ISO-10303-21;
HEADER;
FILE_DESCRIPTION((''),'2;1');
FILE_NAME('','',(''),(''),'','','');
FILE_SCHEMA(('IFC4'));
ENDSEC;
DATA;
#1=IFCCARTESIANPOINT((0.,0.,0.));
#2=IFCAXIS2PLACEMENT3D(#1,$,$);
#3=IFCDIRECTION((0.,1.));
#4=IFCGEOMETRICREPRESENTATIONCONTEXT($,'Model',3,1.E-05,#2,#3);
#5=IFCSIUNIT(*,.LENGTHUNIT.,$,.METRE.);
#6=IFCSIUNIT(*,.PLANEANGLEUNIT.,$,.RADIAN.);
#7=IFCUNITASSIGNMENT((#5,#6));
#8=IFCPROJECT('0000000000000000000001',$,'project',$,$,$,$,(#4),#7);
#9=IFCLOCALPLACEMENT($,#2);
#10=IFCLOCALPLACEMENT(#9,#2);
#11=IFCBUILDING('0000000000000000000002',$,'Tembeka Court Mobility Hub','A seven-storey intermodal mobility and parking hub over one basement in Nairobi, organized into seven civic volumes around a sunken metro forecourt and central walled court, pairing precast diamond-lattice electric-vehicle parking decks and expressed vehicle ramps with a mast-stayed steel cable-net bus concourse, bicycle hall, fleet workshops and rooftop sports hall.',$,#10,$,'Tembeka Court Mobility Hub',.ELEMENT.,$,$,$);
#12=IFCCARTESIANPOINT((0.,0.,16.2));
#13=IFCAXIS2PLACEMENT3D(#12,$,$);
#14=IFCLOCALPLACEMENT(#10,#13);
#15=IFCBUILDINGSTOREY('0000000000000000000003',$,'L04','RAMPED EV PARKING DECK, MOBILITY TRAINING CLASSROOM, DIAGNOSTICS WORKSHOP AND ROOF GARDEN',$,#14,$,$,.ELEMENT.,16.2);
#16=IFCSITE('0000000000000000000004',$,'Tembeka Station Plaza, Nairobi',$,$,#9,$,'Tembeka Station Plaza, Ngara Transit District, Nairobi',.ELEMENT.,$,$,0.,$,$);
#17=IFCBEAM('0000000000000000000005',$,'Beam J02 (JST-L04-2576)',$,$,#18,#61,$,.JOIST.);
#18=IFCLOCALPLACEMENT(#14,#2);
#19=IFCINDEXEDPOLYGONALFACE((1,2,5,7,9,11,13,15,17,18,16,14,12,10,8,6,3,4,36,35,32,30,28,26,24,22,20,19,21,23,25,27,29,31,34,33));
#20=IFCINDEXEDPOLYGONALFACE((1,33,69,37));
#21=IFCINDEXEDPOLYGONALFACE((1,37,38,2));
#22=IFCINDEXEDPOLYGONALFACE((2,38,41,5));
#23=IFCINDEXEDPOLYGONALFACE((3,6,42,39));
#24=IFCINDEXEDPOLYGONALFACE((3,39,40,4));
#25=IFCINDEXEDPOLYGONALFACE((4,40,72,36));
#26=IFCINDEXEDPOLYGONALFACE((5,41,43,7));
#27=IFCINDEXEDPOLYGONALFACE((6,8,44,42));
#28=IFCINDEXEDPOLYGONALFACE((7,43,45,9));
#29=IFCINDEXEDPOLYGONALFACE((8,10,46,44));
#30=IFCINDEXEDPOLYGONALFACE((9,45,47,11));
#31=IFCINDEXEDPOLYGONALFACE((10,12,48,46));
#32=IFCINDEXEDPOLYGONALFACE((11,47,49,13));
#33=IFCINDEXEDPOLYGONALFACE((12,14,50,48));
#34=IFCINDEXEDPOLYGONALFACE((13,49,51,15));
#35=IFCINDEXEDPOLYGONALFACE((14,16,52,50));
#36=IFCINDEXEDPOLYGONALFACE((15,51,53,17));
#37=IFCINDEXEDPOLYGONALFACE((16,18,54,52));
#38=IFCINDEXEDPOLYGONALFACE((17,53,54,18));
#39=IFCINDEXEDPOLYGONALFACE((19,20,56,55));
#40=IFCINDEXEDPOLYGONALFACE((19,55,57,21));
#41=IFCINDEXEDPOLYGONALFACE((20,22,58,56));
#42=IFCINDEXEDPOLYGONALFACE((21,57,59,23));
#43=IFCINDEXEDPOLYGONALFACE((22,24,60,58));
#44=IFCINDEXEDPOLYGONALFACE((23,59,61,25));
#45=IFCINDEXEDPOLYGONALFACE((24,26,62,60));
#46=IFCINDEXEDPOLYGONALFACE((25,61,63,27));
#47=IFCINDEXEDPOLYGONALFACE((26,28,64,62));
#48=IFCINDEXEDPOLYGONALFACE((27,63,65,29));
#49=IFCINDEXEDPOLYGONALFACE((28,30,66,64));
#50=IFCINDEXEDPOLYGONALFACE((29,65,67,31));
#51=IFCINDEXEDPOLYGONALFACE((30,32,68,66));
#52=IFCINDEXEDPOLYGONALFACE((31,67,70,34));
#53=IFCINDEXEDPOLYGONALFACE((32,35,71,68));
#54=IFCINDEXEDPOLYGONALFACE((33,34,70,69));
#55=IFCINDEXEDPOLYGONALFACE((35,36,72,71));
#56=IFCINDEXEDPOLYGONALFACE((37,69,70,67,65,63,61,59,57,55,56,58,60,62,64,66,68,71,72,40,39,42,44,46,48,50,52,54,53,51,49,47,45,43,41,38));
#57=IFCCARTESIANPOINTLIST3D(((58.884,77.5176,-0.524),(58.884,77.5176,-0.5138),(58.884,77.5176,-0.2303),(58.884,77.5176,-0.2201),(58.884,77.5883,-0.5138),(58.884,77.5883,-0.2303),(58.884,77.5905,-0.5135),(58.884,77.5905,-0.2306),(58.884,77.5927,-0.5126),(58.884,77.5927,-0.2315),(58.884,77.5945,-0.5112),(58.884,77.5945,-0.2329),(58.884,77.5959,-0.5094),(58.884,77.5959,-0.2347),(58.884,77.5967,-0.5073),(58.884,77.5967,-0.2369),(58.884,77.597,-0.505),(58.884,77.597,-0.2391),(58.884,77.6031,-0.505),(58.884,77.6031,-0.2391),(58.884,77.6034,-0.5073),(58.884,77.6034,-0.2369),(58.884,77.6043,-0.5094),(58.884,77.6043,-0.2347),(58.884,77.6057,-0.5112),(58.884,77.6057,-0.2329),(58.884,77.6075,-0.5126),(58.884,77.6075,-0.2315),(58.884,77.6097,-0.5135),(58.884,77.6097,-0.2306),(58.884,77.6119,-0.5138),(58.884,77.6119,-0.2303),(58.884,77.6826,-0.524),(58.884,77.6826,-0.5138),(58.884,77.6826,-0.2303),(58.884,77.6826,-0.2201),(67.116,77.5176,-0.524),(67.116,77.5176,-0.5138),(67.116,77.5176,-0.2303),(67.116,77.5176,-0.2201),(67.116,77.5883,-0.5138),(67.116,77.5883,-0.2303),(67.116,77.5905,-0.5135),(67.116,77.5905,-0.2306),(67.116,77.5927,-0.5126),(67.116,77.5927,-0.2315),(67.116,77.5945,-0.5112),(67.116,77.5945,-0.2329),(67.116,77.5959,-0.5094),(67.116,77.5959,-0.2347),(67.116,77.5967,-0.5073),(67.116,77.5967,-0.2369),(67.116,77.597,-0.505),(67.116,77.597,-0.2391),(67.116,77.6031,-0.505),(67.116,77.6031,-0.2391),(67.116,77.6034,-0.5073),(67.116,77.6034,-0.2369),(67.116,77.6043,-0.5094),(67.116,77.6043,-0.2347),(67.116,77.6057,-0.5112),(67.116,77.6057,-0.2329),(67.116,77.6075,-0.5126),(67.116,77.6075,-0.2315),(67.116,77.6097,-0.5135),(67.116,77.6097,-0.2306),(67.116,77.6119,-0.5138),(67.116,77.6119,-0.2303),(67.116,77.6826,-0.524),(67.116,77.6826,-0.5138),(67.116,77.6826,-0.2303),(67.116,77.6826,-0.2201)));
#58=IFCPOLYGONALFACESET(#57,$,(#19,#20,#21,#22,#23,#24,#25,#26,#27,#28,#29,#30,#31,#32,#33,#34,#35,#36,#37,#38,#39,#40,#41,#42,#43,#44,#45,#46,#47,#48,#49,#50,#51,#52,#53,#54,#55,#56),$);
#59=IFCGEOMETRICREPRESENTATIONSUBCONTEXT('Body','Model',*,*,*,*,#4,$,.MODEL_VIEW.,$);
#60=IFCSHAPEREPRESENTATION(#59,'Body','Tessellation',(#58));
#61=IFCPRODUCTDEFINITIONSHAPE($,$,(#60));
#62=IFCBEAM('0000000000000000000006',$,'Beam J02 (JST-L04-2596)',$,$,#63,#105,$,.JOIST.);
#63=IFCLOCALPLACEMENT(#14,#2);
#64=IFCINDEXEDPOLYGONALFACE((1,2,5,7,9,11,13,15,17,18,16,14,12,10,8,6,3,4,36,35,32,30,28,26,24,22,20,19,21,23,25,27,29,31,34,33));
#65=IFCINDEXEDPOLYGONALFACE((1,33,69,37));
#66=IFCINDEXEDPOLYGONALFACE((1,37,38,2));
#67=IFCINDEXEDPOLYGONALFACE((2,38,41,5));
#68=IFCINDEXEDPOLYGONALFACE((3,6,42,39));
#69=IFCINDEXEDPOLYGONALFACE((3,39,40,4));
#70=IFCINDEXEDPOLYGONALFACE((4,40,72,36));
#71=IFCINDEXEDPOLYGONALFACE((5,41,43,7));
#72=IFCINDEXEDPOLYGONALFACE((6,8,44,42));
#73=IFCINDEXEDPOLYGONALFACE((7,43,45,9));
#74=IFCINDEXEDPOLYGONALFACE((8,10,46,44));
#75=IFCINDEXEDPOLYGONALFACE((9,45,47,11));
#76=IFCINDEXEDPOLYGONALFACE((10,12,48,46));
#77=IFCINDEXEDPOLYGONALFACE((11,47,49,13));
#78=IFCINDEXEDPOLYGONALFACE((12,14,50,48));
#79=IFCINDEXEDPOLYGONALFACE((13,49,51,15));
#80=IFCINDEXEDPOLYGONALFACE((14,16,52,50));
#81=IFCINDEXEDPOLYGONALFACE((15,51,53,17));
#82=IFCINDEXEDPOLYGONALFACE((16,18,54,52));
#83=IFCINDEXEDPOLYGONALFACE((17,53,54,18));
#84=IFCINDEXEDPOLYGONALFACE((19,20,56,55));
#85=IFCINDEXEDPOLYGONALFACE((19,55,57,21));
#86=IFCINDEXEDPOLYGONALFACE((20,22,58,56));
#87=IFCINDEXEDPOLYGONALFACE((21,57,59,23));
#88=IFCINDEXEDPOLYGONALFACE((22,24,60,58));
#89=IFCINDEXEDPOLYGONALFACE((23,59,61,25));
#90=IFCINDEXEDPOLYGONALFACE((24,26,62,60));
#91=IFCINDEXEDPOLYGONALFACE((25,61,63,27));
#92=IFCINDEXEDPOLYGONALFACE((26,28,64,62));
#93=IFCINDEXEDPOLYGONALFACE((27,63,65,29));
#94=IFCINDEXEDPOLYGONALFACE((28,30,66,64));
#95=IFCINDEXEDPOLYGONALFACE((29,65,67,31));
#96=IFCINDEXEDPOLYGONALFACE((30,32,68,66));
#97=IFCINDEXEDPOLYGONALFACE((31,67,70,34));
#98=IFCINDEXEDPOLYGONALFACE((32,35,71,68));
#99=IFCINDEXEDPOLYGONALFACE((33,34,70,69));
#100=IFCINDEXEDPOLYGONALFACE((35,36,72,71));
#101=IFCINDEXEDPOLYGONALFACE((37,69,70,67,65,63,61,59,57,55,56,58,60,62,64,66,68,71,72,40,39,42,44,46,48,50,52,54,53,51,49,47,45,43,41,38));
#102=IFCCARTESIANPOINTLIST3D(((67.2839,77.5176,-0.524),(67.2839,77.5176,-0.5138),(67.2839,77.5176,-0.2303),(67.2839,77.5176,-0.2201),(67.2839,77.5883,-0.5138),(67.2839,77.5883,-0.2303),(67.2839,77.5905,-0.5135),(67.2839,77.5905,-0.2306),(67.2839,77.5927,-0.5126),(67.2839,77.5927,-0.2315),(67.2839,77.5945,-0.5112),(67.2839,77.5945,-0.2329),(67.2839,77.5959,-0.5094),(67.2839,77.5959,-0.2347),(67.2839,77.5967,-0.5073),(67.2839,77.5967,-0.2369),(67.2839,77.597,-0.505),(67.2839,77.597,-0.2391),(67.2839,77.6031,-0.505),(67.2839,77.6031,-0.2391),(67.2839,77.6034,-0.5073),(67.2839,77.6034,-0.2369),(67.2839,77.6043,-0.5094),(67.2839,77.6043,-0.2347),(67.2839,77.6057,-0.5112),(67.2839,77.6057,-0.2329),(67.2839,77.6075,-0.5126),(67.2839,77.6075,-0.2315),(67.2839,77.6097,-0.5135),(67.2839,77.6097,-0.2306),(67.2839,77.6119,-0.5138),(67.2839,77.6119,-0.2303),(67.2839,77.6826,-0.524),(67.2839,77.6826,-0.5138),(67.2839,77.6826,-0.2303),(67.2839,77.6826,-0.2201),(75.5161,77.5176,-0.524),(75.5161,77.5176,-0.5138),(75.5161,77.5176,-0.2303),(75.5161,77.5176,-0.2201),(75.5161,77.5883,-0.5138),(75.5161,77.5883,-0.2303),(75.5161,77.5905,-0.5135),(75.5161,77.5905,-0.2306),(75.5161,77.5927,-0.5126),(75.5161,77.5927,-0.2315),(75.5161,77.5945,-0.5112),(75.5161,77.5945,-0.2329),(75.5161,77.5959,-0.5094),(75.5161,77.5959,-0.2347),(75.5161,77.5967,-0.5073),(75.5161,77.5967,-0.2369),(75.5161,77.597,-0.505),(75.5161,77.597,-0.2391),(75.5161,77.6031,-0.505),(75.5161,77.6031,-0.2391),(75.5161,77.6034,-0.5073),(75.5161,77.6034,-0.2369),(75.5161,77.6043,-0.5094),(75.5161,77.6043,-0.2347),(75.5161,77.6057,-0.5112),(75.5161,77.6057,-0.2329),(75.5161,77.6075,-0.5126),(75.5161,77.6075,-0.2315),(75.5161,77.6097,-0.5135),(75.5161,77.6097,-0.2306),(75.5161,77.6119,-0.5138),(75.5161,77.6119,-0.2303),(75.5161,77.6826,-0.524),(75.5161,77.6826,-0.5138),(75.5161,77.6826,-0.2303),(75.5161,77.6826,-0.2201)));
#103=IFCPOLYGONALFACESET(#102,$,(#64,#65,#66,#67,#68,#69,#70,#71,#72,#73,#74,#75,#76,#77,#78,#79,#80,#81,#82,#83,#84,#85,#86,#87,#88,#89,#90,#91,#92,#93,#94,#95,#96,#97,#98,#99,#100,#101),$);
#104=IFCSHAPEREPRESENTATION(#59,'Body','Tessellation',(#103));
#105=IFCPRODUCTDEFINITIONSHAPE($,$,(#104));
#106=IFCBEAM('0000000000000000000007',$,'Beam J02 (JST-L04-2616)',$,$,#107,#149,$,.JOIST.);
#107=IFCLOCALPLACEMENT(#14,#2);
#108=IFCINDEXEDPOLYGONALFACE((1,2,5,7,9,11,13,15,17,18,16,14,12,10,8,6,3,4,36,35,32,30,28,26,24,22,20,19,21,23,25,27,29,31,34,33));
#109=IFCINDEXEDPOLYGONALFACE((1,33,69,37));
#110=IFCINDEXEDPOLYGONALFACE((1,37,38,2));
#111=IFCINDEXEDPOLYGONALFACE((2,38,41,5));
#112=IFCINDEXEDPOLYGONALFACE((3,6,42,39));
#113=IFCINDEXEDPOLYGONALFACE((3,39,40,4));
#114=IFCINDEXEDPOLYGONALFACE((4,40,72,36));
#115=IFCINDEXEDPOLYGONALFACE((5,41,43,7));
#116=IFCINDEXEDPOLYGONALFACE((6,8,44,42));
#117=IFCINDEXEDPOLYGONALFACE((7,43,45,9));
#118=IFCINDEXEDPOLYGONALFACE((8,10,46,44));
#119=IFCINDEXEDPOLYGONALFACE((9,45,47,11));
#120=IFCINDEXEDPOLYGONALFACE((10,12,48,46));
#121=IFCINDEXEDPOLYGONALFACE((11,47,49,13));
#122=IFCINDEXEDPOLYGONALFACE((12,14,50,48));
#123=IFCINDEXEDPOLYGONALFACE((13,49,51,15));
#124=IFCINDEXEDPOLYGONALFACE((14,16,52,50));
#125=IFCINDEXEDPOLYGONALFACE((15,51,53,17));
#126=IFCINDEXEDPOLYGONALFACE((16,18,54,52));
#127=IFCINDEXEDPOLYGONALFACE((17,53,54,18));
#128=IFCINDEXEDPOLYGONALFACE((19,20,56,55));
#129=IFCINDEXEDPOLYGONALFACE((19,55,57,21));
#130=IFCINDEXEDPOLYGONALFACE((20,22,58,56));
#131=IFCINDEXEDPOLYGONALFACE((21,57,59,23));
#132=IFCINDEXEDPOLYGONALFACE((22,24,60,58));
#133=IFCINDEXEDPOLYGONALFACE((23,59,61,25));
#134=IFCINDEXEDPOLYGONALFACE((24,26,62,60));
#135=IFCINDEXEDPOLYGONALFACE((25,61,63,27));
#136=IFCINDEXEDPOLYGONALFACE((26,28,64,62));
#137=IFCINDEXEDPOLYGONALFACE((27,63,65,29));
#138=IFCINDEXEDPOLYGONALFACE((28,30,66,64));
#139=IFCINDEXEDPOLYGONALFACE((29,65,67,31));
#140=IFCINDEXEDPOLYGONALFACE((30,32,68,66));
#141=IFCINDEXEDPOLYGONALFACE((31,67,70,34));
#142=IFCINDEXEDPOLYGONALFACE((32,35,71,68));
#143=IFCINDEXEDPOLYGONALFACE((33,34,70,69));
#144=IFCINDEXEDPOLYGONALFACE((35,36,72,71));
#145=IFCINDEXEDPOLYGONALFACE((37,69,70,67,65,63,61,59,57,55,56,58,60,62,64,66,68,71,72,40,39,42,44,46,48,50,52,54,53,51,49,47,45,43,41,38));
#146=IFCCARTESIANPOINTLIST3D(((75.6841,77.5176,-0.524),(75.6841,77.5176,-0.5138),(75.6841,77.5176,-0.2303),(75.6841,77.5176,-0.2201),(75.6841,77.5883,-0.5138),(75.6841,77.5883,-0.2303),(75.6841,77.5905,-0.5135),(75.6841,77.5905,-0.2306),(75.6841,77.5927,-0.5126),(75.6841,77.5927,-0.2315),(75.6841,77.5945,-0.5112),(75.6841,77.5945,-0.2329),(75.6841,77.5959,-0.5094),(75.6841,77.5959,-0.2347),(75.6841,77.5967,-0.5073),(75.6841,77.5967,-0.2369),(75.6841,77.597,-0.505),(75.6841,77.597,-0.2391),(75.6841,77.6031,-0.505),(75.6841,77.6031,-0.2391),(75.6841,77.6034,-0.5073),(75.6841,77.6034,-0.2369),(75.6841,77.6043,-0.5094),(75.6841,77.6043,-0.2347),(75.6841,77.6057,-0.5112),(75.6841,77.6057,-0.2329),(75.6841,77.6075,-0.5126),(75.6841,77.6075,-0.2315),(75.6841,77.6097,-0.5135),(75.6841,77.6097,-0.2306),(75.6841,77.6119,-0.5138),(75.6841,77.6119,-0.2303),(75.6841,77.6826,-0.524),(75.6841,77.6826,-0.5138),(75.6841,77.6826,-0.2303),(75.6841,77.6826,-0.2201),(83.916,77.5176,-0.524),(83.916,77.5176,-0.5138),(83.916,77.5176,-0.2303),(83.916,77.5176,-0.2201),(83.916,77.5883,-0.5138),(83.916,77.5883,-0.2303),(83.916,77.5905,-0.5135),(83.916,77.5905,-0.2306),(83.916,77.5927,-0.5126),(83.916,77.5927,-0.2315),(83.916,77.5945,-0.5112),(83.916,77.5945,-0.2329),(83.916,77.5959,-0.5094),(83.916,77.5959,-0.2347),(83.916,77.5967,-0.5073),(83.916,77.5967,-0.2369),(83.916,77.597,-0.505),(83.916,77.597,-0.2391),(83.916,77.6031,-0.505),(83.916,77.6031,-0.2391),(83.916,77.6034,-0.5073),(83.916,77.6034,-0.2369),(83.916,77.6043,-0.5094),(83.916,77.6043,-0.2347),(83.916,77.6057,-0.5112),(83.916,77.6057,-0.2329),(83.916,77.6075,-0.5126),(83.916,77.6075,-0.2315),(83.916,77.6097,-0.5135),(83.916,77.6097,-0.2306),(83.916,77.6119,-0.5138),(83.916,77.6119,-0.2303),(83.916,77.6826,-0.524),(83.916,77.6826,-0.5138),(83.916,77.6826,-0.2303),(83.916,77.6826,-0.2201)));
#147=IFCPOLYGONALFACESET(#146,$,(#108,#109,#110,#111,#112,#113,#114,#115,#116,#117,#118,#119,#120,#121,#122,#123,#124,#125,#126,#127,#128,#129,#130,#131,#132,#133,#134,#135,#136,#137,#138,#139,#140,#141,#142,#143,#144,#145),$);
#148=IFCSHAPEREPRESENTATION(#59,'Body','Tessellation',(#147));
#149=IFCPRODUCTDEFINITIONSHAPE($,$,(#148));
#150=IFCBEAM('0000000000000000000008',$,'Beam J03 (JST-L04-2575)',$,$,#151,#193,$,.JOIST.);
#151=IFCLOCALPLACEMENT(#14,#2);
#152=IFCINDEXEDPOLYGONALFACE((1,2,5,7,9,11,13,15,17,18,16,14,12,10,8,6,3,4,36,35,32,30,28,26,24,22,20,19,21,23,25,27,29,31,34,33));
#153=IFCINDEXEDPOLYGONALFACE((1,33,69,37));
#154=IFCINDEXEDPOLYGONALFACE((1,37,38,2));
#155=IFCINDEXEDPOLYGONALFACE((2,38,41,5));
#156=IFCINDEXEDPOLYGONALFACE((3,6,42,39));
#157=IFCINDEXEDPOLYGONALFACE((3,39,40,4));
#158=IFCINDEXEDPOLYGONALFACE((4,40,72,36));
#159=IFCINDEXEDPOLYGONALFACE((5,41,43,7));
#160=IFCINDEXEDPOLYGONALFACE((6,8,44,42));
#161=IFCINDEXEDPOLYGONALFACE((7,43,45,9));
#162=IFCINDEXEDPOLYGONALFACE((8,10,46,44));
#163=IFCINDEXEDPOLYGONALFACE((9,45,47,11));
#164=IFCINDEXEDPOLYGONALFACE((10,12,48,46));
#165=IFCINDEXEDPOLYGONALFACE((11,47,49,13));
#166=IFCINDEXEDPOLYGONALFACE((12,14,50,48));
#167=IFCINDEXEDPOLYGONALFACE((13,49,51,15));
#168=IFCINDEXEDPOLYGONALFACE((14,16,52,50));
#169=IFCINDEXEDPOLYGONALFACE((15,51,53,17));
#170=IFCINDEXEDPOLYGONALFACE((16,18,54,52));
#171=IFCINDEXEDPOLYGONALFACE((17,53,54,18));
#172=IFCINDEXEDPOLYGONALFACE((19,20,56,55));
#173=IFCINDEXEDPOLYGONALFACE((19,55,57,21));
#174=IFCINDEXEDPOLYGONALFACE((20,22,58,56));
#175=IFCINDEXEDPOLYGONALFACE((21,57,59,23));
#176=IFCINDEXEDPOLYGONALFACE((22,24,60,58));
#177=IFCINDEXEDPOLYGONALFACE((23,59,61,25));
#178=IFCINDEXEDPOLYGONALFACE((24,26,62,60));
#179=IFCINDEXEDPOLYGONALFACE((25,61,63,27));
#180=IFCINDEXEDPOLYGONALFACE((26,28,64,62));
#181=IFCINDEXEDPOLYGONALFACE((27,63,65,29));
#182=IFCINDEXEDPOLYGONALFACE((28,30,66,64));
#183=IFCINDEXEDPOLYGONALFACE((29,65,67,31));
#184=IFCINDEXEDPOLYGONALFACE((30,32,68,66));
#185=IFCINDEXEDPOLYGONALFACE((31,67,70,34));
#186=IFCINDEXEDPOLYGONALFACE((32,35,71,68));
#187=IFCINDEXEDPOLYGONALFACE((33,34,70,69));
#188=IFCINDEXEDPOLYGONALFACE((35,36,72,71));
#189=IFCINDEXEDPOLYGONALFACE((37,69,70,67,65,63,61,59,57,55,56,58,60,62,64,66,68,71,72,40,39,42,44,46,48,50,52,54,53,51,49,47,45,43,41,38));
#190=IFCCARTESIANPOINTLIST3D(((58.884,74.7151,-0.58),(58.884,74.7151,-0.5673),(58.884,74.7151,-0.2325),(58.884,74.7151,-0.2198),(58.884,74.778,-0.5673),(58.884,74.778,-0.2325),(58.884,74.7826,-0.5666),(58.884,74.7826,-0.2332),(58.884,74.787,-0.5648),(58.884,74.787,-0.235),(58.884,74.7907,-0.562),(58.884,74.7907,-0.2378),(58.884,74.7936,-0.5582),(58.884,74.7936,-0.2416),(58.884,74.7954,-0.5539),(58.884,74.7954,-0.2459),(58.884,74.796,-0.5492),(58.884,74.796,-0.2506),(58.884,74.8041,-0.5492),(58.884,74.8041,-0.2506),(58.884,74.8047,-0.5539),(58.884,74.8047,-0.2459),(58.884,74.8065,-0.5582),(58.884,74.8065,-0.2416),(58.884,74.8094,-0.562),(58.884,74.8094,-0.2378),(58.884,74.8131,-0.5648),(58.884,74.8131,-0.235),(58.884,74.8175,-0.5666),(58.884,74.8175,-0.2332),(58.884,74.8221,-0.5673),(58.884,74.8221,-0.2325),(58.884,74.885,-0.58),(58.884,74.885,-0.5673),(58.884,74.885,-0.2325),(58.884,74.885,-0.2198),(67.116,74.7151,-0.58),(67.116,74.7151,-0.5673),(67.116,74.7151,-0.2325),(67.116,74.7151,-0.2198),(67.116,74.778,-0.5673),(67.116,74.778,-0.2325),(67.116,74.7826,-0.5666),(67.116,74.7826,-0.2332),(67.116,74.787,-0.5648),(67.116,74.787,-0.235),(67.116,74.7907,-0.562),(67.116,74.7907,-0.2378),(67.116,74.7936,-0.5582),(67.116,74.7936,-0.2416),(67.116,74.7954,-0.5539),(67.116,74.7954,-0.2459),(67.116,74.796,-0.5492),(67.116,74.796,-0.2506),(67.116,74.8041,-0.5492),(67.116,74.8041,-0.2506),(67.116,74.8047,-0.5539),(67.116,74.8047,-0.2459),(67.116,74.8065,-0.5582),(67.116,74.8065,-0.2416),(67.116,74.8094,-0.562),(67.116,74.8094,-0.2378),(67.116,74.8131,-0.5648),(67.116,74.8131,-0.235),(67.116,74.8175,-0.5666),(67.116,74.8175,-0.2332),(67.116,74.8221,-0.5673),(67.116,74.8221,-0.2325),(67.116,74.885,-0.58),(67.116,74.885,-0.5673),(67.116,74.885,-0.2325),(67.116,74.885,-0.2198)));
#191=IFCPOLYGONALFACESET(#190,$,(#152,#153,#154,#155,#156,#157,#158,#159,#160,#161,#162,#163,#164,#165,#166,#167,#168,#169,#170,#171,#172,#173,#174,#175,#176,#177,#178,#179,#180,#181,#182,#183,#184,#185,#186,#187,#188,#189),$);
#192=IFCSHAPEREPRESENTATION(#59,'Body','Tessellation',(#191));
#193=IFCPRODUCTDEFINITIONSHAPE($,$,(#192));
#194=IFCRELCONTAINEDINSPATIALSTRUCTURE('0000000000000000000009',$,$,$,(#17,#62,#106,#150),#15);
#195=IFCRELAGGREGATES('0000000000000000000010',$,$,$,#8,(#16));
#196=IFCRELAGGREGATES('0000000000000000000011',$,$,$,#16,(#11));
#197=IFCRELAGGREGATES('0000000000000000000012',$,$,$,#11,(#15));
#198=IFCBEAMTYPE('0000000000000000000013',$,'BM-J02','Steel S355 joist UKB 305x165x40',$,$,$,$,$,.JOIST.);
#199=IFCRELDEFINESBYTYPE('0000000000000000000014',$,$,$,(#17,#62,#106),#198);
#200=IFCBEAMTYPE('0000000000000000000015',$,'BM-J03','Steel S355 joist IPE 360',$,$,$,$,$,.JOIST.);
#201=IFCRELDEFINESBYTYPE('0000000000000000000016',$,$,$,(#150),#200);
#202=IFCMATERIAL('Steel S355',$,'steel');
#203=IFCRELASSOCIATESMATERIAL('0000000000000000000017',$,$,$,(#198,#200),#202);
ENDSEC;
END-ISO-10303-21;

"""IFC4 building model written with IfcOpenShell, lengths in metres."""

from ifc_helpers import new_model, si_unit, direction, frame, origin, origin_2d, place, context, subcontext, project, spatial, i_section, extrude, material, material_profile, profile_set, type_object, element, save


model = new_model("IFC4")

# Units and contexts
model_context = context("Model", 3, precision=1e-05, world=origin(), true_north=direction((0.0, 1.0)))
body_context = subcontext(model_context, "Body", "Model", "MODEL_VIEW")
ifc_project = project(units=[si_unit("LENGTHUNIT", "METRE"), si_unit("PLANEANGLEUNIT", "RADIAN")], contexts=[model_context])

# Site, building, storey
site_placement = place(None, origin())
site = spatial("IfcSite", under=ifc_project, at=site_placement, Name="Tembeka Station Plaza, Nairobi", LongName="Tembeka Station Plaza, Ngara Transit District, Nairobi", CompositionType="ELEMENT", RefElevation=0.0)
building_placement = place(site_placement, origin())
building = spatial("IfcBuilding", under=site, at=building_placement, Name="Tembeka Court Mobility Hub", Description="A seven-storey intermodal mobility and parking hub over one basement in Nairobi, organized into seven civic volumes around a sunken metro forecourt and central walled court, pairing precast diamond-lattice electric-vehicle parking decks and expressed vehicle ramps with a mast-stayed steel cable-net bus concourse, bicycle hall, fleet workshops and rooftop sports hall.", LongName="Tembeka Court Mobility Hub", CompositionType="ELEMENT")
storey_placement = place(building_placement, frame((0.0, 0.0, 16.2)))
storey = spatial("IfcBuildingStorey", under=building, at=storey_placement, Name="L04", Description="RAMPED EV PARKING DECK, MOBILITY TRAINING CLASSROOM, DIAGNOSTICS WORKSHOP AND ROOF GARDEN", CompositionType="ELEMENT", Elevation=16.2)

# Shared definitions
ifc_material_1 = material(Name="Steel S355", Category="steel")

# Beams
ifc_material_profile_1 = material_profile(ifc_material_1, i_section(OverallWidth=0.165, OverallDepth=0.304, WebThickness=0.0061, FlangeThickness=0.0103, FilletRadius=0.0088, at=origin_2d()), Name="UKB 305x165x40")
ifc_profile_set_1 = profile_set([ifc_material_profile_1], Name="Steel S355")
beam_type_1 = type_object("IfcBeamType", Name="BM-J02", Description="Steel S355 joist UKB 305x165x40", PredefinedType="JOIST", material=ifc_profile_set_1)
beam_1_placement = place(storey_placement, frame((58.884, 77.6001, -0.3721), z_axis=(1.0, 0.0, 0.0), x_axis=(0.0, 1.0, 0.0)))
element("IfcBeam", 1, at=beam_1_placement, inside=storey, type_object=beam_type_1, Name="Beam J02 (JST-L04-2576)", PredefinedType="JOIST", context=body_context, shape_type="SweptSolid", body=[
    extrude(i_section(OverallWidth=0.165, OverallDepth=0.304, WebThickness=0.0061, FlangeThickness=0.0103, FilletRadius=0.0088, at=origin_2d()), origin(), (0.0, 0.0, 1.0), 8.2319),
])
beam_2_placement = place(storey_placement, frame((67.2839, 77.6001, -0.3721), z_axis=(1.0, 0.0, 0.0), x_axis=(0.0, 1.0, 0.0)))
element("IfcBeam", 2, at=beam_2_placement, inside=storey, type_object=beam_type_1, Name="Beam J02 (JST-L04-2596)", PredefinedType="JOIST", context=body_context, shape_type="SweptSolid", body=[
    extrude(i_section(OverallWidth=0.165, OverallDepth=0.304, WebThickness=0.0061, FlangeThickness=0.0103, FilletRadius=0.0088, at=origin_2d()), origin(), (0.0, 0.0, 1.0), 8.2322),
])
beam_3_placement = place(storey_placement, frame((75.6841, 77.6001, -0.3721), z_axis=(1.0, 0.0, 0.0), x_axis=(0.0, 1.0, 0.0)))
element("IfcBeam", 3, at=beam_3_placement, inside=storey, type_object=beam_type_1, Name="Beam J02 (JST-L04-2616)", PredefinedType="JOIST", context=body_context, shape_type="SweptSolid", body=[
    extrude(i_section(OverallWidth=0.165, OverallDepth=0.304, WebThickness=0.0061, FlangeThickness=0.0103, FilletRadius=0.0088, at=origin_2d()), origin(), (0.0, 0.0, 1.0), 8.2319),
])
ifc_material_profile_2 = material_profile(ifc_material_1, i_section(OverallWidth=0.1699, OverallDepth=0.3601, WebThickness=0.0081, FlangeThickness=0.0127, FilletRadius=0.0181, at=origin_2d()), Name="IPE 360")
ifc_profile_set_2 = profile_set([ifc_material_profile_2], Name="Steel S355")
beam_type_2 = type_object("IfcBeamType", Name="BM-J03", Description="Steel S355 joist IPE 360", PredefinedType="JOIST", material=ifc_profile_set_2)
beam_4_placement = place(storey_placement, frame((58.884, 74.8, -0.3999), z_axis=(1.0, 0.0, 0.0), x_axis=(0.0, 1.0, 0.0)))
element("IfcBeam", 4, at=beam_4_placement, inside=storey, type_object=beam_type_2, Name="Beam J03 (JST-L04-2575)", PredefinedType="JOIST", context=body_context, shape_type="SweptSolid", body=[
    extrude(i_section(OverallWidth=0.1699, OverallDepth=0.3601, WebThickness=0.0081, FlangeThickness=0.0127, FilletRadius=0.0181, at=origin_2d()), origin(), (0.0, 0.0, 1.0), 8.2319),
])

save(model, "model.ifc")
